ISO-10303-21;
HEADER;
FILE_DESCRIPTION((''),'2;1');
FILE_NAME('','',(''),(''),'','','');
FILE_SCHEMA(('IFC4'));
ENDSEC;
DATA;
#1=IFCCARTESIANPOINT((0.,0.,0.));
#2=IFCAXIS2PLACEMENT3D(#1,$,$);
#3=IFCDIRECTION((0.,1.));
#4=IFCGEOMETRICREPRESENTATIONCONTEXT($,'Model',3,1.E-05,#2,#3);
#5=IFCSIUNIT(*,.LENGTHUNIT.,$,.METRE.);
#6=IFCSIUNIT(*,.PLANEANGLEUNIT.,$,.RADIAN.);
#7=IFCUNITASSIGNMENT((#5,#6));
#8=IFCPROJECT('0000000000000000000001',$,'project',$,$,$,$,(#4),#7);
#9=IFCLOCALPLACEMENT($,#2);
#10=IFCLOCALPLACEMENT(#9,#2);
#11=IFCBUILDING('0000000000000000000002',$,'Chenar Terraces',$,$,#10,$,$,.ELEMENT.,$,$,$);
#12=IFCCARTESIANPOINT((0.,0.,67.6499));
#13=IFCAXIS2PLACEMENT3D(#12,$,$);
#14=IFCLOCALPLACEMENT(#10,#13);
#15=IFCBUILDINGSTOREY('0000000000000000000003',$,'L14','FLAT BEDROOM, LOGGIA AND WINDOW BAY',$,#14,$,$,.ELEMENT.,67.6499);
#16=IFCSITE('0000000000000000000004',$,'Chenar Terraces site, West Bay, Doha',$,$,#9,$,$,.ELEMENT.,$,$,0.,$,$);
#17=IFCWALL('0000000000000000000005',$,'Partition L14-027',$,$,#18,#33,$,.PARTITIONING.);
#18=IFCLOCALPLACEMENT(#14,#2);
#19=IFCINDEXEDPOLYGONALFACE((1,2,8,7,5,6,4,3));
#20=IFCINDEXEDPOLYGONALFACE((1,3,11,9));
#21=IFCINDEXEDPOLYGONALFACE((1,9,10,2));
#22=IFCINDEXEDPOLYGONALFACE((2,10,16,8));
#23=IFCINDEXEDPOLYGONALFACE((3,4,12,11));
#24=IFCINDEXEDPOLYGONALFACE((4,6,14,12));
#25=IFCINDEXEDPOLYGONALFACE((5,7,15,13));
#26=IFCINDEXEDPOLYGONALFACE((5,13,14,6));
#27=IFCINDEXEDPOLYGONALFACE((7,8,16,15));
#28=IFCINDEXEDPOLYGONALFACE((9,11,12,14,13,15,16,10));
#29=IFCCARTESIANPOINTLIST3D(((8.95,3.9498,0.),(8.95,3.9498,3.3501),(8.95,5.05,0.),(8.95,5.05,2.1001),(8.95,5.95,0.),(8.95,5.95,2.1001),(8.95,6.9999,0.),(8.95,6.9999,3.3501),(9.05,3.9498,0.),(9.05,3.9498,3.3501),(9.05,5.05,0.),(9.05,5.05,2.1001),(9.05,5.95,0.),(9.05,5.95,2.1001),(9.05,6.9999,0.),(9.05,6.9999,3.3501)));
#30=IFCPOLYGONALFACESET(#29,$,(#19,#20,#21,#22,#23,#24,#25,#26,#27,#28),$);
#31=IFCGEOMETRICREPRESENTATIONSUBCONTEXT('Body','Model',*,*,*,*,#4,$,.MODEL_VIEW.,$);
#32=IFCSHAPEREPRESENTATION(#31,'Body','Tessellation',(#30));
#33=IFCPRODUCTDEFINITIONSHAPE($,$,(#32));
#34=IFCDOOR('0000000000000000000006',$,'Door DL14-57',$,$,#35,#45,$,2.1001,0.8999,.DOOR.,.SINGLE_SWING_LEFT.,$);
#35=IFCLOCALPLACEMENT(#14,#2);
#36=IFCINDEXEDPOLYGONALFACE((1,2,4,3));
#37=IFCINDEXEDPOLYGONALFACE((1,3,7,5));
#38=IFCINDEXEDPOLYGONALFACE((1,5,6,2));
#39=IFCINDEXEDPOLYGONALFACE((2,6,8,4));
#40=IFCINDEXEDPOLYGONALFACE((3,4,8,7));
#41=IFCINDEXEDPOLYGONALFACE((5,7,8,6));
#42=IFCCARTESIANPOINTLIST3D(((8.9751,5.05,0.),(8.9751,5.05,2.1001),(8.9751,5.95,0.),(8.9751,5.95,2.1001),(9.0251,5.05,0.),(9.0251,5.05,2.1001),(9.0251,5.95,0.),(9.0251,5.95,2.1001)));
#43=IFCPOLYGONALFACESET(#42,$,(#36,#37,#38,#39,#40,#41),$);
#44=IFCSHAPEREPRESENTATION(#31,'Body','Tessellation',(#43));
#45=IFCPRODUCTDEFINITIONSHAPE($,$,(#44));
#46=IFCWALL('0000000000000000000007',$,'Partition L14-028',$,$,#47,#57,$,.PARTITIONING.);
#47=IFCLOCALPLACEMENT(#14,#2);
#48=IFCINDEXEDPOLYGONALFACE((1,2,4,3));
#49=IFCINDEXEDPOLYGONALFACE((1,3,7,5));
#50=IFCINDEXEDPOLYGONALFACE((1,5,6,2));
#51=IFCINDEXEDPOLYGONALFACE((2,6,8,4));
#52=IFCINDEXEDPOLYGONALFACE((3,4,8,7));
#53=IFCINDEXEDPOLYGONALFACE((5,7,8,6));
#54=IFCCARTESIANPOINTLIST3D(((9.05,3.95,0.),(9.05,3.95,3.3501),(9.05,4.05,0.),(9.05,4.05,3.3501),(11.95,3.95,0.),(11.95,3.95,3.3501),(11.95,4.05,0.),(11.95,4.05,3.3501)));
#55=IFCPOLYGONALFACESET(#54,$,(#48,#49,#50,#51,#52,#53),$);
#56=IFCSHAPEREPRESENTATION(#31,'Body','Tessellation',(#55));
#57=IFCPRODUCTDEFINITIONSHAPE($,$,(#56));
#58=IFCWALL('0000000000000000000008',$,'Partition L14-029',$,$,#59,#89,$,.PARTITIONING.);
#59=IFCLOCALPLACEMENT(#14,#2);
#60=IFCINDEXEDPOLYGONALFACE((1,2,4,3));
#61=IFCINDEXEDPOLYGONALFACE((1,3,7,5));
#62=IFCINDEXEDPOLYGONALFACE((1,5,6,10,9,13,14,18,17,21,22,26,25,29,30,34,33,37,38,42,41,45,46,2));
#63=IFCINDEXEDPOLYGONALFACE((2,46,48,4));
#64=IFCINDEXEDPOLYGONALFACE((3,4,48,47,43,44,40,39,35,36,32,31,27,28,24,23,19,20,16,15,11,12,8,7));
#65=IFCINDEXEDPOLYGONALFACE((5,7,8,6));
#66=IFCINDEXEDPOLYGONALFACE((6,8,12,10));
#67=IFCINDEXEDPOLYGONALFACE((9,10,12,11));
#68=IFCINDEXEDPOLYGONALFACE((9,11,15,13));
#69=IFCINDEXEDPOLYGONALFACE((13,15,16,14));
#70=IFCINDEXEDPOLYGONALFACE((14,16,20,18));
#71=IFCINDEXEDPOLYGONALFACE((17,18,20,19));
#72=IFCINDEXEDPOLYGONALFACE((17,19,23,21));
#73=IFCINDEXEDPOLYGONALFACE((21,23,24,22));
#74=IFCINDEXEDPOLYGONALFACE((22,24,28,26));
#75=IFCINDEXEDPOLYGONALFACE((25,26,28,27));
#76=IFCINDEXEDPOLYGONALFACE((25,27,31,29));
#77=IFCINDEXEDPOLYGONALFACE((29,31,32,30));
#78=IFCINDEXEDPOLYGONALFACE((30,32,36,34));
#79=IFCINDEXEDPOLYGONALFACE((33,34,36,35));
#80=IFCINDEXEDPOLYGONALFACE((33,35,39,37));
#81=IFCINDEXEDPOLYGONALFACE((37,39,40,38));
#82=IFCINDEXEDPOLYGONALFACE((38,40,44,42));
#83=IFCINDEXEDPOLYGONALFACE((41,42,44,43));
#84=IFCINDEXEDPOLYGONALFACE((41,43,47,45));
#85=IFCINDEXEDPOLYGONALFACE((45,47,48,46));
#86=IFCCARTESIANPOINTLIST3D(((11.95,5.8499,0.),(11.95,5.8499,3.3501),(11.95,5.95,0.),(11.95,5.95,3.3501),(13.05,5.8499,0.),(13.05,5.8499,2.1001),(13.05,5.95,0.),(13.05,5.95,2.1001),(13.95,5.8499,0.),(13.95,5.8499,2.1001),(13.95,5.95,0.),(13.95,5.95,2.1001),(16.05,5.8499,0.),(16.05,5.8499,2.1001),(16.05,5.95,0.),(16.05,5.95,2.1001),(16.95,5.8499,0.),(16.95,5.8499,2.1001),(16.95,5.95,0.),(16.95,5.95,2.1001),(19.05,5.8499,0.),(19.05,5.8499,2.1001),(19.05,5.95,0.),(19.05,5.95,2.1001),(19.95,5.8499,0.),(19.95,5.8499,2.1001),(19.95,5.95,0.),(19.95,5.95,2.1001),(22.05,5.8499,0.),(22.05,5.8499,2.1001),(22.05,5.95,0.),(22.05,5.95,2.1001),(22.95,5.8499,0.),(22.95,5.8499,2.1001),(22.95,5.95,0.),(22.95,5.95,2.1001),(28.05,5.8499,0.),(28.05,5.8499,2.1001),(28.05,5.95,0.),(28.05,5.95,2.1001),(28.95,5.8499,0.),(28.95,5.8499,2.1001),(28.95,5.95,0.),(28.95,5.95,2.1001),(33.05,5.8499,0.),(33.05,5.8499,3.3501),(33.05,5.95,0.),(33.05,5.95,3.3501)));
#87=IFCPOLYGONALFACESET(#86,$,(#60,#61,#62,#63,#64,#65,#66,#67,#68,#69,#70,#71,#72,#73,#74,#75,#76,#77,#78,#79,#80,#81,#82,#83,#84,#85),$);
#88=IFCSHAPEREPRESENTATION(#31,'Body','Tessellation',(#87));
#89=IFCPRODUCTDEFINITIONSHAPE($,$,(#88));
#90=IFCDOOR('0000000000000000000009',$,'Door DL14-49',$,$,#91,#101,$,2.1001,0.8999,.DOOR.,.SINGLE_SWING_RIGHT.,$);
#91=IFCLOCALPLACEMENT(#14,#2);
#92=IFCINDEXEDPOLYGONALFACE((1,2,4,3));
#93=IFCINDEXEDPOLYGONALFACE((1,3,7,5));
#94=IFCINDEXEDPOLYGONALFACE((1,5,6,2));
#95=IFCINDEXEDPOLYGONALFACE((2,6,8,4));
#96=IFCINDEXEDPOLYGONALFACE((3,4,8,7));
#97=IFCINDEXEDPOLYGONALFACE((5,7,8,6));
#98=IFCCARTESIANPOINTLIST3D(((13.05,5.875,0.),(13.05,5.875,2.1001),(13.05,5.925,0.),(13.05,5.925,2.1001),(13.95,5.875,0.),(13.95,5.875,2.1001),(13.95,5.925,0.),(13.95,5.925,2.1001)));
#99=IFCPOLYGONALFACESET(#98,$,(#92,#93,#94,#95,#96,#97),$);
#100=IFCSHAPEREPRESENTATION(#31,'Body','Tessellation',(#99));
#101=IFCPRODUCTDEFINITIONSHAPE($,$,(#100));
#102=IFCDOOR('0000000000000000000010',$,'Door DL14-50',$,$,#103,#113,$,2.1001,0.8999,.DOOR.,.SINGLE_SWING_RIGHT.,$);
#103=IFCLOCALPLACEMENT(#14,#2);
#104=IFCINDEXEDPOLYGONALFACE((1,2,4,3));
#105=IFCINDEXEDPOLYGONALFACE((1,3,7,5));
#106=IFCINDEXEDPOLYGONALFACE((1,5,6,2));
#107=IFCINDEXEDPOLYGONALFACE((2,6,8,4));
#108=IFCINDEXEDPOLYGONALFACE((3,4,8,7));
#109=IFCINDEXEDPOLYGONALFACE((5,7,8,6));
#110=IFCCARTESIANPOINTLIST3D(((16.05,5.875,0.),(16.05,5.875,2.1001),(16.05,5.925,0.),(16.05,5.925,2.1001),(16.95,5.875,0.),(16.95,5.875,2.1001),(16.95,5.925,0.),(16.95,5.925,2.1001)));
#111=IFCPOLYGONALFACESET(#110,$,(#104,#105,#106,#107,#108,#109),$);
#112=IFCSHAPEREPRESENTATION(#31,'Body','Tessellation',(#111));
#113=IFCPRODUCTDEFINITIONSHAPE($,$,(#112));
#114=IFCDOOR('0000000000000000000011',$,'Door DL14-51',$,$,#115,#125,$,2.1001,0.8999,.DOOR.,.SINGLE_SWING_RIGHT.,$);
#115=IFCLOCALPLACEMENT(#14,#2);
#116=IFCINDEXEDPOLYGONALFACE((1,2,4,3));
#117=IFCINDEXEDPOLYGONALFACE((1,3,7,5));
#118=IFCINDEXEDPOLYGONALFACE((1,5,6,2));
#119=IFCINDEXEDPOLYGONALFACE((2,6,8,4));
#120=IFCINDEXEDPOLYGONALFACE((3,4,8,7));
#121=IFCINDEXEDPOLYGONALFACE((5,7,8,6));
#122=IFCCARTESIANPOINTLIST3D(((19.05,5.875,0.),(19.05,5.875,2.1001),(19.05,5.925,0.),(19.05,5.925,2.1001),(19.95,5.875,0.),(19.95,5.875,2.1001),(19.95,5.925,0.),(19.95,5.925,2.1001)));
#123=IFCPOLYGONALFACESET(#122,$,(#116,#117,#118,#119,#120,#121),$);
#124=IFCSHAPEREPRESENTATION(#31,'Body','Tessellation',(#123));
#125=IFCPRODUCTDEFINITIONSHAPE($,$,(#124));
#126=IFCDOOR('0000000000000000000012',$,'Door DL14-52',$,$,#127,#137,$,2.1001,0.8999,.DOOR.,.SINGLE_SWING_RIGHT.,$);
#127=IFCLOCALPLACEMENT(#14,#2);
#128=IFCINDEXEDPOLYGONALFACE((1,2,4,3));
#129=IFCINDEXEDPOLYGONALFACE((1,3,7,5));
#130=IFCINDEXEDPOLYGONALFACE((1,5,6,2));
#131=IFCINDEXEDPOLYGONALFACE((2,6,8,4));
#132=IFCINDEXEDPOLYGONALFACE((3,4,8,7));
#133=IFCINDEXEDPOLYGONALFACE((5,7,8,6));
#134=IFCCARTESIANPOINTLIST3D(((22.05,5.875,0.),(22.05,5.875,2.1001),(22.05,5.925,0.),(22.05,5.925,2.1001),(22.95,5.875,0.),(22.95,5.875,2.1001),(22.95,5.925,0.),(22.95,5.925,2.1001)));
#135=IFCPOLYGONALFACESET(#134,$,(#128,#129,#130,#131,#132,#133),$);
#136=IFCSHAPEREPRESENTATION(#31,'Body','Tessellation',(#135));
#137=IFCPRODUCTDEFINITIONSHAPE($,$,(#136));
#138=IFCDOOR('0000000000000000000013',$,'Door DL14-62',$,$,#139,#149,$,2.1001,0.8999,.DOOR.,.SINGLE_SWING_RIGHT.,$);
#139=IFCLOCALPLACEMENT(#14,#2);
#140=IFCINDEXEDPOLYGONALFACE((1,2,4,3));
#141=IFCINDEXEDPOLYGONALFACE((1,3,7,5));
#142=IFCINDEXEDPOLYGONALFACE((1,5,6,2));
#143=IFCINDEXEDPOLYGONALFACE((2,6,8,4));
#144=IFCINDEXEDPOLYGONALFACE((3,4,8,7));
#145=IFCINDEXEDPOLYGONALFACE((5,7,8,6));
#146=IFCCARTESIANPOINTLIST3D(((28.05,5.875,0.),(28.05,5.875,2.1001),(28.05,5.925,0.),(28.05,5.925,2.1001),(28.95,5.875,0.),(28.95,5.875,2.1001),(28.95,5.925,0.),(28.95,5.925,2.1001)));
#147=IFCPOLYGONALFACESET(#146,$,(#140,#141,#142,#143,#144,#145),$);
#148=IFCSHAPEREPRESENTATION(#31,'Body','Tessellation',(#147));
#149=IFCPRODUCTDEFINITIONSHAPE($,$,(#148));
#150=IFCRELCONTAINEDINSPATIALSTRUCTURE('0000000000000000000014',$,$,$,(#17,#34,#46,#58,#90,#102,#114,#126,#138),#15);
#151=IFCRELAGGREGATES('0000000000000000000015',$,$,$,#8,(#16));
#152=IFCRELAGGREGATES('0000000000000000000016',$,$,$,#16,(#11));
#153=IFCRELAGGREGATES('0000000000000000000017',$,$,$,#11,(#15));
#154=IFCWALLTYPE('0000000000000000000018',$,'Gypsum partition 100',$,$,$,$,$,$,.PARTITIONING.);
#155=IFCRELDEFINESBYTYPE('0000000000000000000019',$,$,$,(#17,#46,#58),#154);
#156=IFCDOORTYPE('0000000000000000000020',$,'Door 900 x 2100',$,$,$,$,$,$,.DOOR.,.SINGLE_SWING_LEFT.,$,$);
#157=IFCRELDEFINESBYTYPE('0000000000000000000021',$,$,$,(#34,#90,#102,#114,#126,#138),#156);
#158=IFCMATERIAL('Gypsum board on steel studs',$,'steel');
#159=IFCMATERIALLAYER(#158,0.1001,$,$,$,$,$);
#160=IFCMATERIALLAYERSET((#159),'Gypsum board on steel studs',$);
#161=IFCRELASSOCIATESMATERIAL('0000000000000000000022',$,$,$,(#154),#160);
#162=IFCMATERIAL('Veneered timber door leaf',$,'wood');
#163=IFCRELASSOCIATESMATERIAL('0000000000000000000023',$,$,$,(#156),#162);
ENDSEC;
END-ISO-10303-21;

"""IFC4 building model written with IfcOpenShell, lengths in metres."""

from ifc_helpers import new_model, si_unit, direction, frame, frame_2d, origin, place, context, subcontext, project, spatial, rectangle, extrude, material, layer, layer_set, type_object, element, fill, save


model = new_model("IFC4")

# Units and contexts
model_context = context("Model", 3, precision=1e-05, world=origin(), true_north=direction((0.0, 1.0)))
body_context = subcontext(model_context, "Body", "Model", "MODEL_VIEW")
ifc_project = project(units=[si_unit("LENGTHUNIT", "METRE"), si_unit("PLANEANGLEUNIT", "RADIAN")], contexts=[model_context])

# Site, building, storey
site_placement = place(None, origin())
site = spatial("IfcSite", under=ifc_project, at=site_placement, Name="Chenar Terraces site, West Bay, Doha", CompositionType="ELEMENT", RefElevation=0.0)
building_placement = place(site_placement, origin())
building = spatial("IfcBuilding", under=site, at=building_placement, Name="Chenar Terraces", CompositionType="ELEMENT")
storey_placement = place(building_placement, frame((0.0, 0.0, 67.6499)))
storey = spatial("IfcBuildingStorey", under=building, at=storey_placement, Name="L14", Description="FLAT BEDROOM, LOGGIA AND WINDOW BAY", CompositionType="ELEMENT", Elevation=67.6499)

# Wall, opening, door
ifc_material_1 = material(Name="Gypsum board on steel studs", Category="steel")
ifc_layer_1 = layer(ifc_material_1, 0.1001)
ifc_layer_set_1 = layer_set([ifc_layer_1], Name="Gypsum board on steel studs")
wall_type_1 = type_object("IfcWallType", Name="Gypsum partition 100", PredefinedType="PARTITIONING", material=ifc_layer_set_1)
wall_1_placement = place(storey_placement, frame((9.0, 3.95, 0.0), z_axis=(0.0, 0.0, 1.0), x_axis=(0.0, 1.0, 0.0)))
wall_1 = element("IfcWall", 1, at=wall_1_placement, inside=storey, type_object=wall_type_1, Name="Partition L14-027", PredefinedType="PARTITIONING", context=body_context, shape_type="SweptSolid", body=[
    extrude(rectangle(XDim=3.05, YDim=0.1001, at=frame_2d((1.5249, 0.0))), origin(), (0.0, 0.0, 1.0), 3.3501),
])
opening_1_placement = place(wall_1_placement, frame((1.1001, 0.0, 0.0)))
opening_1 = element("IfcOpeningElement", 2, at=opening_1_placement, cuts=wall_1, PredefinedType="OPENING", context=body_context, shape_type="SweptSolid", body=[
    extrude(rectangle(XDim=0.8999, YDim=2.1001, at=frame_2d((0.45, 1.05))), frame((0.0, 0.0601, 0.0), z_axis=(0.0, -1.0, 0.0), x_axis=(1.0, 0.0, 0.0)), (0.0, 0.0, 1.0), 0.1201),
])
ifc_material_2 = material(Name="Veneered timber door leaf", Category="wood")
door_type_1 = type_object("IfcDoorType", Name="Door 900 x 2100", OperationType="SINGLE_SWING_LEFT", PredefinedType="DOOR", material=ifc_material_2)
door_1_placement = place(opening_1_placement, origin())
door_1 = element("IfcDoor", 3, at=door_1_placement, inside=storey, type_object=door_type_1, Name="Door DL14-57", OperationType="SINGLE_SWING_LEFT", OverallHeight=2.1001, OverallWidth=0.8999, PredefinedType="DOOR", context=body_context, shape_type="SweptSolid", body=[
    extrude(rectangle(XDim=0.8999, YDim=2.1001, at=frame_2d((0.45, 1.05))), frame((0.0, 0.0249, 0.0), z_axis=(0.0, -1.0, 0.0), x_axis=(1.0, 0.0, 0.0)), (0.0, 0.0, 1.0), 0.05),
])
fill(opening_1, door_1)

# Wall
wall_2_placement = place(storey_placement, frame((9.05, 4.0, 0.0), z_axis=(0.0, 0.0, 1.0), x_axis=(1.0, 0.0, 0.0)))
element("IfcWall", 4, at=wall_2_placement, inside=storey, type_object=wall_type_1, Name="Partition L14-028", PredefinedType="PARTITIONING", context=body_context, shape_type="SweptSolid", body=[
    extrude(rectangle(XDim=2.8999, YDim=0.1001, at=frame_2d((1.45, 0.0))), origin(), (0.0, 0.0, 1.0), 3.3501),
])

# Wall, openings, doors
wall_3_placement = place(storey_placement, frame((11.95, 5.8999, 0.0), z_axis=(0.0, 0.0, 1.0), x_axis=(1.0, 0.0, 0.0)))
wall_3 = element("IfcWall", 5, at=wall_3_placement, inside=storey, type_object=wall_type_1, Name="Partition L14-029", PredefinedType="PARTITIONING", context=body_context, shape_type="SweptSolid", body=[
    extrude(rectangle(XDim=21.1001, YDim=0.1001, at=frame_2d((10.55, 0.0))), origin(), (0.0, 0.0, 1.0), 3.3501),
])
opening_2_placement = place(wall_3_placement, frame((1.1001, 0.0, 0.0)))
opening_2 = element("IfcOpeningElement", 6, at=opening_2_placement, cuts=wall_3, PredefinedType="OPENING", context=body_context, shape_type="SweptSolid", body=[
    extrude(rectangle(XDim=0.8999, YDim=2.1001, at=frame_2d((0.45, 1.05))), frame((0.0, 0.0601, 0.0), z_axis=(0.0, -1.0, 0.0), x_axis=(1.0, 0.0, 0.0)), (0.0, 0.0, 1.0), 0.1201),
])
opening_3_placement = place(wall_3_placement, frame((4.1001, 0.0, 0.0)))
opening_3 = element("IfcOpeningElement", 7, at=opening_3_placement, cuts=wall_3, PredefinedType="OPENING", context=body_context, shape_type="SweptSolid", body=[
    extrude(rectangle(XDim=0.8999, YDim=2.1001, at=frame_2d((0.45, 1.05))), frame((0.0, 0.0601, 0.0), z_axis=(0.0, -1.0, 0.0), x_axis=(1.0, 0.0, 0.0)), (0.0, 0.0, 1.0), 0.1201),
])
opening_4_placement = place(wall_3_placement, frame((7.1001, 0.0, 0.0)))
opening_4 = element("IfcOpeningElement", 8, at=opening_4_placement, cuts=wall_3, PredefinedType="OPENING", context=body_context, shape_type="SweptSolid", body=[
    extrude(rectangle(XDim=0.8999, YDim=2.1001, at=frame_2d((0.45, 1.05))), frame((0.0, 0.0601, 0.0), z_axis=(0.0, -1.0, 0.0), x_axis=(1.0, 0.0, 0.0)), (0.0, 0.0, 1.0), 0.1201),
])
opening_5_placement = place(wall_3_placement, frame((10.1001, 0.0, 0.0)))
opening_5 = element("IfcOpeningElement", 9, at=opening_5_placement, cuts=wall_3, PredefinedType="OPENING", context=body_context, shape_type="SweptSolid", body=[
    extrude(rectangle(XDim=0.8999, YDim=2.1001, at=frame_2d((0.45, 1.05))), frame((0.0, 0.0601, 0.0), z_axis=(0.0, -1.0, 0.0), x_axis=(1.0, 0.0, 0.0)), (0.0, 0.0, 1.0), 0.1201),
])
opening_6_placement = place(wall_3_placement, frame((16.1001, 0.0, 0.0)))
opening_6 = element("IfcOpeningElement", 10, at=opening_6_placement, cuts=wall_3, PredefinedType="OPENING", context=body_context, shape_type="SweptSolid", body=[
    extrude(rectangle(XDim=0.8999, YDim=2.1001, at=frame_2d((0.45, 1.05))), frame((0.0, 0.0601, 0.0), z_axis=(0.0, -1.0, 0.0), x_axis=(1.0, 0.0, 0.0)), (0.0, 0.0, 1.0), 0.1201),
])
door_2_placement = place(opening_2_placement, frame((0.8999, 0.0, 0.0), z_axis=(0.0, 0.0, 1.0), x_axis=(-1.0, 0.0, 0.0)))
door_2 = element("IfcDoor", 11, at=door_2_placement, inside=storey, type_object=door_type_1, Name="Door DL14-49", OperationType="SINGLE_SWING_RIGHT", OverallHeight=2.1001, OverallWidth=0.8999, PredefinedType="DOOR", context=body_context, shape_type="SweptSolid", body=[
    extrude(rectangle(XDim=0.8999, YDim=2.1001, at=frame_2d((0.45, 1.05))), frame((0.0, 0.0249, 0.0), z_axis=(0.0, -1.0, 0.0), x_axis=(1.0, 0.0, 0.0)), (0.0, 0.0, 1.0), 0.05),
])
fill(opening_2, door_2)
door_3_placement = place(opening_3_placement, frame((0.8999, 0.0, 0.0), z_axis=(0.0, 0.0, 1.0), x_axis=(-1.0, 0.0, 0.0)))
door_3 = element("IfcDoor", 12, at=door_3_placement, inside=storey, type_object=door_type_1, Name="Door DL14-50", OperationType="SINGLE_SWING_RIGHT", OverallHeight=2.1001, OverallWidth=0.8999, PredefinedType="DOOR", context=body_context, shape_type="SweptSolid", body=[
    extrude(rectangle(XDim=0.8999, YDim=2.1001, at=frame_2d((0.45, 1.05))), frame((0.0, 0.0249, 0.0), z_axis=(0.0, -1.0, 0.0), x_axis=(1.0, 0.0, 0.0)), (0.0, 0.0, 1.0), 0.05),
])
fill(opening_3, door_3)
door_4_placement = place(opening_4_placement, frame((0.8999, 0.0, 0.0), z_axis=(0.0, 0.0, 1.0), x_axis=(-1.0, 0.0, 0.0)))
door_4 = element("IfcDoor", 13, at=door_4_placement, inside=storey, type_object=door_type_1, Name="Door DL14-51", OperationType="SINGLE_SWING_RIGHT", OverallHeight=2.1001, OverallWidth=0.8999, PredefinedType="DOOR", context=body_context, shape_type="SweptSolid", body=[
    extrude(rectangle(XDim=0.8999, YDim=2.1001, at=frame_2d((0.45, 1.05))), frame((0.0, 0.0249, 0.0), z_axis=(0.0, -1.0, 0.0), x_axis=(1.0, 0.0, 0.0)), (0.0, 0.0, 1.0), 0.05),
])
fill(opening_4, door_4)
door_5_placement = place(opening_5_placement, frame((0.8999, 0.0, 0.0), z_axis=(0.0, 0.0, 1.0), x_axis=(-1.0, 0.0, 0.0)))
door_5 = element("IfcDoor", 14, at=door_5_placement, inside=storey, type_object=door_type_1, Name="Door DL14-52", OperationType="SINGLE_SWING_RIGHT", OverallHeight=2.1001, OverallWidth=0.8999, PredefinedType="DOOR", context=body_context, shape_type="SweptSolid", body=[
    extrude(rectangle(XDim=0.8999, YDim=2.1001, at=frame_2d((0.45, 1.05))), frame((0.0, 0.0249, 0.0), z_axis=(0.0, -1.0, 0.0), x_axis=(1.0, 0.0, 0.0)), (0.0, 0.0, 1.0), 0.05),
])
fill(opening_5, door_5)
door_6_placement = place(opening_6_placement, frame((0.8999, 0.0, 0.0), z_axis=(0.0, 0.0, 1.0), x_axis=(-1.0, 0.0, 0.0)))
door_6 = element("IfcDoor", 15, at=door_6_placement, inside=storey, type_object=door_type_1, Name="Door DL14-62", OperationType="SINGLE_SWING_RIGHT", OverallHeight=2.1001, OverallWidth=0.8999, PredefinedType="DOOR", context=body_context, shape_type="SweptSolid", body=[
    extrude(rectangle(XDim=0.8999, YDim=2.1001, at=frame_2d((0.45, 1.05))), frame((0.0, 0.0249, 0.0), z_axis=(0.0, -1.0, 0.0), x_axis=(1.0, 0.0, 0.0)), (0.0, 0.0, 1.0), 0.05),
])
fill(opening_6, door_6)

save(model, "model.ifc")
